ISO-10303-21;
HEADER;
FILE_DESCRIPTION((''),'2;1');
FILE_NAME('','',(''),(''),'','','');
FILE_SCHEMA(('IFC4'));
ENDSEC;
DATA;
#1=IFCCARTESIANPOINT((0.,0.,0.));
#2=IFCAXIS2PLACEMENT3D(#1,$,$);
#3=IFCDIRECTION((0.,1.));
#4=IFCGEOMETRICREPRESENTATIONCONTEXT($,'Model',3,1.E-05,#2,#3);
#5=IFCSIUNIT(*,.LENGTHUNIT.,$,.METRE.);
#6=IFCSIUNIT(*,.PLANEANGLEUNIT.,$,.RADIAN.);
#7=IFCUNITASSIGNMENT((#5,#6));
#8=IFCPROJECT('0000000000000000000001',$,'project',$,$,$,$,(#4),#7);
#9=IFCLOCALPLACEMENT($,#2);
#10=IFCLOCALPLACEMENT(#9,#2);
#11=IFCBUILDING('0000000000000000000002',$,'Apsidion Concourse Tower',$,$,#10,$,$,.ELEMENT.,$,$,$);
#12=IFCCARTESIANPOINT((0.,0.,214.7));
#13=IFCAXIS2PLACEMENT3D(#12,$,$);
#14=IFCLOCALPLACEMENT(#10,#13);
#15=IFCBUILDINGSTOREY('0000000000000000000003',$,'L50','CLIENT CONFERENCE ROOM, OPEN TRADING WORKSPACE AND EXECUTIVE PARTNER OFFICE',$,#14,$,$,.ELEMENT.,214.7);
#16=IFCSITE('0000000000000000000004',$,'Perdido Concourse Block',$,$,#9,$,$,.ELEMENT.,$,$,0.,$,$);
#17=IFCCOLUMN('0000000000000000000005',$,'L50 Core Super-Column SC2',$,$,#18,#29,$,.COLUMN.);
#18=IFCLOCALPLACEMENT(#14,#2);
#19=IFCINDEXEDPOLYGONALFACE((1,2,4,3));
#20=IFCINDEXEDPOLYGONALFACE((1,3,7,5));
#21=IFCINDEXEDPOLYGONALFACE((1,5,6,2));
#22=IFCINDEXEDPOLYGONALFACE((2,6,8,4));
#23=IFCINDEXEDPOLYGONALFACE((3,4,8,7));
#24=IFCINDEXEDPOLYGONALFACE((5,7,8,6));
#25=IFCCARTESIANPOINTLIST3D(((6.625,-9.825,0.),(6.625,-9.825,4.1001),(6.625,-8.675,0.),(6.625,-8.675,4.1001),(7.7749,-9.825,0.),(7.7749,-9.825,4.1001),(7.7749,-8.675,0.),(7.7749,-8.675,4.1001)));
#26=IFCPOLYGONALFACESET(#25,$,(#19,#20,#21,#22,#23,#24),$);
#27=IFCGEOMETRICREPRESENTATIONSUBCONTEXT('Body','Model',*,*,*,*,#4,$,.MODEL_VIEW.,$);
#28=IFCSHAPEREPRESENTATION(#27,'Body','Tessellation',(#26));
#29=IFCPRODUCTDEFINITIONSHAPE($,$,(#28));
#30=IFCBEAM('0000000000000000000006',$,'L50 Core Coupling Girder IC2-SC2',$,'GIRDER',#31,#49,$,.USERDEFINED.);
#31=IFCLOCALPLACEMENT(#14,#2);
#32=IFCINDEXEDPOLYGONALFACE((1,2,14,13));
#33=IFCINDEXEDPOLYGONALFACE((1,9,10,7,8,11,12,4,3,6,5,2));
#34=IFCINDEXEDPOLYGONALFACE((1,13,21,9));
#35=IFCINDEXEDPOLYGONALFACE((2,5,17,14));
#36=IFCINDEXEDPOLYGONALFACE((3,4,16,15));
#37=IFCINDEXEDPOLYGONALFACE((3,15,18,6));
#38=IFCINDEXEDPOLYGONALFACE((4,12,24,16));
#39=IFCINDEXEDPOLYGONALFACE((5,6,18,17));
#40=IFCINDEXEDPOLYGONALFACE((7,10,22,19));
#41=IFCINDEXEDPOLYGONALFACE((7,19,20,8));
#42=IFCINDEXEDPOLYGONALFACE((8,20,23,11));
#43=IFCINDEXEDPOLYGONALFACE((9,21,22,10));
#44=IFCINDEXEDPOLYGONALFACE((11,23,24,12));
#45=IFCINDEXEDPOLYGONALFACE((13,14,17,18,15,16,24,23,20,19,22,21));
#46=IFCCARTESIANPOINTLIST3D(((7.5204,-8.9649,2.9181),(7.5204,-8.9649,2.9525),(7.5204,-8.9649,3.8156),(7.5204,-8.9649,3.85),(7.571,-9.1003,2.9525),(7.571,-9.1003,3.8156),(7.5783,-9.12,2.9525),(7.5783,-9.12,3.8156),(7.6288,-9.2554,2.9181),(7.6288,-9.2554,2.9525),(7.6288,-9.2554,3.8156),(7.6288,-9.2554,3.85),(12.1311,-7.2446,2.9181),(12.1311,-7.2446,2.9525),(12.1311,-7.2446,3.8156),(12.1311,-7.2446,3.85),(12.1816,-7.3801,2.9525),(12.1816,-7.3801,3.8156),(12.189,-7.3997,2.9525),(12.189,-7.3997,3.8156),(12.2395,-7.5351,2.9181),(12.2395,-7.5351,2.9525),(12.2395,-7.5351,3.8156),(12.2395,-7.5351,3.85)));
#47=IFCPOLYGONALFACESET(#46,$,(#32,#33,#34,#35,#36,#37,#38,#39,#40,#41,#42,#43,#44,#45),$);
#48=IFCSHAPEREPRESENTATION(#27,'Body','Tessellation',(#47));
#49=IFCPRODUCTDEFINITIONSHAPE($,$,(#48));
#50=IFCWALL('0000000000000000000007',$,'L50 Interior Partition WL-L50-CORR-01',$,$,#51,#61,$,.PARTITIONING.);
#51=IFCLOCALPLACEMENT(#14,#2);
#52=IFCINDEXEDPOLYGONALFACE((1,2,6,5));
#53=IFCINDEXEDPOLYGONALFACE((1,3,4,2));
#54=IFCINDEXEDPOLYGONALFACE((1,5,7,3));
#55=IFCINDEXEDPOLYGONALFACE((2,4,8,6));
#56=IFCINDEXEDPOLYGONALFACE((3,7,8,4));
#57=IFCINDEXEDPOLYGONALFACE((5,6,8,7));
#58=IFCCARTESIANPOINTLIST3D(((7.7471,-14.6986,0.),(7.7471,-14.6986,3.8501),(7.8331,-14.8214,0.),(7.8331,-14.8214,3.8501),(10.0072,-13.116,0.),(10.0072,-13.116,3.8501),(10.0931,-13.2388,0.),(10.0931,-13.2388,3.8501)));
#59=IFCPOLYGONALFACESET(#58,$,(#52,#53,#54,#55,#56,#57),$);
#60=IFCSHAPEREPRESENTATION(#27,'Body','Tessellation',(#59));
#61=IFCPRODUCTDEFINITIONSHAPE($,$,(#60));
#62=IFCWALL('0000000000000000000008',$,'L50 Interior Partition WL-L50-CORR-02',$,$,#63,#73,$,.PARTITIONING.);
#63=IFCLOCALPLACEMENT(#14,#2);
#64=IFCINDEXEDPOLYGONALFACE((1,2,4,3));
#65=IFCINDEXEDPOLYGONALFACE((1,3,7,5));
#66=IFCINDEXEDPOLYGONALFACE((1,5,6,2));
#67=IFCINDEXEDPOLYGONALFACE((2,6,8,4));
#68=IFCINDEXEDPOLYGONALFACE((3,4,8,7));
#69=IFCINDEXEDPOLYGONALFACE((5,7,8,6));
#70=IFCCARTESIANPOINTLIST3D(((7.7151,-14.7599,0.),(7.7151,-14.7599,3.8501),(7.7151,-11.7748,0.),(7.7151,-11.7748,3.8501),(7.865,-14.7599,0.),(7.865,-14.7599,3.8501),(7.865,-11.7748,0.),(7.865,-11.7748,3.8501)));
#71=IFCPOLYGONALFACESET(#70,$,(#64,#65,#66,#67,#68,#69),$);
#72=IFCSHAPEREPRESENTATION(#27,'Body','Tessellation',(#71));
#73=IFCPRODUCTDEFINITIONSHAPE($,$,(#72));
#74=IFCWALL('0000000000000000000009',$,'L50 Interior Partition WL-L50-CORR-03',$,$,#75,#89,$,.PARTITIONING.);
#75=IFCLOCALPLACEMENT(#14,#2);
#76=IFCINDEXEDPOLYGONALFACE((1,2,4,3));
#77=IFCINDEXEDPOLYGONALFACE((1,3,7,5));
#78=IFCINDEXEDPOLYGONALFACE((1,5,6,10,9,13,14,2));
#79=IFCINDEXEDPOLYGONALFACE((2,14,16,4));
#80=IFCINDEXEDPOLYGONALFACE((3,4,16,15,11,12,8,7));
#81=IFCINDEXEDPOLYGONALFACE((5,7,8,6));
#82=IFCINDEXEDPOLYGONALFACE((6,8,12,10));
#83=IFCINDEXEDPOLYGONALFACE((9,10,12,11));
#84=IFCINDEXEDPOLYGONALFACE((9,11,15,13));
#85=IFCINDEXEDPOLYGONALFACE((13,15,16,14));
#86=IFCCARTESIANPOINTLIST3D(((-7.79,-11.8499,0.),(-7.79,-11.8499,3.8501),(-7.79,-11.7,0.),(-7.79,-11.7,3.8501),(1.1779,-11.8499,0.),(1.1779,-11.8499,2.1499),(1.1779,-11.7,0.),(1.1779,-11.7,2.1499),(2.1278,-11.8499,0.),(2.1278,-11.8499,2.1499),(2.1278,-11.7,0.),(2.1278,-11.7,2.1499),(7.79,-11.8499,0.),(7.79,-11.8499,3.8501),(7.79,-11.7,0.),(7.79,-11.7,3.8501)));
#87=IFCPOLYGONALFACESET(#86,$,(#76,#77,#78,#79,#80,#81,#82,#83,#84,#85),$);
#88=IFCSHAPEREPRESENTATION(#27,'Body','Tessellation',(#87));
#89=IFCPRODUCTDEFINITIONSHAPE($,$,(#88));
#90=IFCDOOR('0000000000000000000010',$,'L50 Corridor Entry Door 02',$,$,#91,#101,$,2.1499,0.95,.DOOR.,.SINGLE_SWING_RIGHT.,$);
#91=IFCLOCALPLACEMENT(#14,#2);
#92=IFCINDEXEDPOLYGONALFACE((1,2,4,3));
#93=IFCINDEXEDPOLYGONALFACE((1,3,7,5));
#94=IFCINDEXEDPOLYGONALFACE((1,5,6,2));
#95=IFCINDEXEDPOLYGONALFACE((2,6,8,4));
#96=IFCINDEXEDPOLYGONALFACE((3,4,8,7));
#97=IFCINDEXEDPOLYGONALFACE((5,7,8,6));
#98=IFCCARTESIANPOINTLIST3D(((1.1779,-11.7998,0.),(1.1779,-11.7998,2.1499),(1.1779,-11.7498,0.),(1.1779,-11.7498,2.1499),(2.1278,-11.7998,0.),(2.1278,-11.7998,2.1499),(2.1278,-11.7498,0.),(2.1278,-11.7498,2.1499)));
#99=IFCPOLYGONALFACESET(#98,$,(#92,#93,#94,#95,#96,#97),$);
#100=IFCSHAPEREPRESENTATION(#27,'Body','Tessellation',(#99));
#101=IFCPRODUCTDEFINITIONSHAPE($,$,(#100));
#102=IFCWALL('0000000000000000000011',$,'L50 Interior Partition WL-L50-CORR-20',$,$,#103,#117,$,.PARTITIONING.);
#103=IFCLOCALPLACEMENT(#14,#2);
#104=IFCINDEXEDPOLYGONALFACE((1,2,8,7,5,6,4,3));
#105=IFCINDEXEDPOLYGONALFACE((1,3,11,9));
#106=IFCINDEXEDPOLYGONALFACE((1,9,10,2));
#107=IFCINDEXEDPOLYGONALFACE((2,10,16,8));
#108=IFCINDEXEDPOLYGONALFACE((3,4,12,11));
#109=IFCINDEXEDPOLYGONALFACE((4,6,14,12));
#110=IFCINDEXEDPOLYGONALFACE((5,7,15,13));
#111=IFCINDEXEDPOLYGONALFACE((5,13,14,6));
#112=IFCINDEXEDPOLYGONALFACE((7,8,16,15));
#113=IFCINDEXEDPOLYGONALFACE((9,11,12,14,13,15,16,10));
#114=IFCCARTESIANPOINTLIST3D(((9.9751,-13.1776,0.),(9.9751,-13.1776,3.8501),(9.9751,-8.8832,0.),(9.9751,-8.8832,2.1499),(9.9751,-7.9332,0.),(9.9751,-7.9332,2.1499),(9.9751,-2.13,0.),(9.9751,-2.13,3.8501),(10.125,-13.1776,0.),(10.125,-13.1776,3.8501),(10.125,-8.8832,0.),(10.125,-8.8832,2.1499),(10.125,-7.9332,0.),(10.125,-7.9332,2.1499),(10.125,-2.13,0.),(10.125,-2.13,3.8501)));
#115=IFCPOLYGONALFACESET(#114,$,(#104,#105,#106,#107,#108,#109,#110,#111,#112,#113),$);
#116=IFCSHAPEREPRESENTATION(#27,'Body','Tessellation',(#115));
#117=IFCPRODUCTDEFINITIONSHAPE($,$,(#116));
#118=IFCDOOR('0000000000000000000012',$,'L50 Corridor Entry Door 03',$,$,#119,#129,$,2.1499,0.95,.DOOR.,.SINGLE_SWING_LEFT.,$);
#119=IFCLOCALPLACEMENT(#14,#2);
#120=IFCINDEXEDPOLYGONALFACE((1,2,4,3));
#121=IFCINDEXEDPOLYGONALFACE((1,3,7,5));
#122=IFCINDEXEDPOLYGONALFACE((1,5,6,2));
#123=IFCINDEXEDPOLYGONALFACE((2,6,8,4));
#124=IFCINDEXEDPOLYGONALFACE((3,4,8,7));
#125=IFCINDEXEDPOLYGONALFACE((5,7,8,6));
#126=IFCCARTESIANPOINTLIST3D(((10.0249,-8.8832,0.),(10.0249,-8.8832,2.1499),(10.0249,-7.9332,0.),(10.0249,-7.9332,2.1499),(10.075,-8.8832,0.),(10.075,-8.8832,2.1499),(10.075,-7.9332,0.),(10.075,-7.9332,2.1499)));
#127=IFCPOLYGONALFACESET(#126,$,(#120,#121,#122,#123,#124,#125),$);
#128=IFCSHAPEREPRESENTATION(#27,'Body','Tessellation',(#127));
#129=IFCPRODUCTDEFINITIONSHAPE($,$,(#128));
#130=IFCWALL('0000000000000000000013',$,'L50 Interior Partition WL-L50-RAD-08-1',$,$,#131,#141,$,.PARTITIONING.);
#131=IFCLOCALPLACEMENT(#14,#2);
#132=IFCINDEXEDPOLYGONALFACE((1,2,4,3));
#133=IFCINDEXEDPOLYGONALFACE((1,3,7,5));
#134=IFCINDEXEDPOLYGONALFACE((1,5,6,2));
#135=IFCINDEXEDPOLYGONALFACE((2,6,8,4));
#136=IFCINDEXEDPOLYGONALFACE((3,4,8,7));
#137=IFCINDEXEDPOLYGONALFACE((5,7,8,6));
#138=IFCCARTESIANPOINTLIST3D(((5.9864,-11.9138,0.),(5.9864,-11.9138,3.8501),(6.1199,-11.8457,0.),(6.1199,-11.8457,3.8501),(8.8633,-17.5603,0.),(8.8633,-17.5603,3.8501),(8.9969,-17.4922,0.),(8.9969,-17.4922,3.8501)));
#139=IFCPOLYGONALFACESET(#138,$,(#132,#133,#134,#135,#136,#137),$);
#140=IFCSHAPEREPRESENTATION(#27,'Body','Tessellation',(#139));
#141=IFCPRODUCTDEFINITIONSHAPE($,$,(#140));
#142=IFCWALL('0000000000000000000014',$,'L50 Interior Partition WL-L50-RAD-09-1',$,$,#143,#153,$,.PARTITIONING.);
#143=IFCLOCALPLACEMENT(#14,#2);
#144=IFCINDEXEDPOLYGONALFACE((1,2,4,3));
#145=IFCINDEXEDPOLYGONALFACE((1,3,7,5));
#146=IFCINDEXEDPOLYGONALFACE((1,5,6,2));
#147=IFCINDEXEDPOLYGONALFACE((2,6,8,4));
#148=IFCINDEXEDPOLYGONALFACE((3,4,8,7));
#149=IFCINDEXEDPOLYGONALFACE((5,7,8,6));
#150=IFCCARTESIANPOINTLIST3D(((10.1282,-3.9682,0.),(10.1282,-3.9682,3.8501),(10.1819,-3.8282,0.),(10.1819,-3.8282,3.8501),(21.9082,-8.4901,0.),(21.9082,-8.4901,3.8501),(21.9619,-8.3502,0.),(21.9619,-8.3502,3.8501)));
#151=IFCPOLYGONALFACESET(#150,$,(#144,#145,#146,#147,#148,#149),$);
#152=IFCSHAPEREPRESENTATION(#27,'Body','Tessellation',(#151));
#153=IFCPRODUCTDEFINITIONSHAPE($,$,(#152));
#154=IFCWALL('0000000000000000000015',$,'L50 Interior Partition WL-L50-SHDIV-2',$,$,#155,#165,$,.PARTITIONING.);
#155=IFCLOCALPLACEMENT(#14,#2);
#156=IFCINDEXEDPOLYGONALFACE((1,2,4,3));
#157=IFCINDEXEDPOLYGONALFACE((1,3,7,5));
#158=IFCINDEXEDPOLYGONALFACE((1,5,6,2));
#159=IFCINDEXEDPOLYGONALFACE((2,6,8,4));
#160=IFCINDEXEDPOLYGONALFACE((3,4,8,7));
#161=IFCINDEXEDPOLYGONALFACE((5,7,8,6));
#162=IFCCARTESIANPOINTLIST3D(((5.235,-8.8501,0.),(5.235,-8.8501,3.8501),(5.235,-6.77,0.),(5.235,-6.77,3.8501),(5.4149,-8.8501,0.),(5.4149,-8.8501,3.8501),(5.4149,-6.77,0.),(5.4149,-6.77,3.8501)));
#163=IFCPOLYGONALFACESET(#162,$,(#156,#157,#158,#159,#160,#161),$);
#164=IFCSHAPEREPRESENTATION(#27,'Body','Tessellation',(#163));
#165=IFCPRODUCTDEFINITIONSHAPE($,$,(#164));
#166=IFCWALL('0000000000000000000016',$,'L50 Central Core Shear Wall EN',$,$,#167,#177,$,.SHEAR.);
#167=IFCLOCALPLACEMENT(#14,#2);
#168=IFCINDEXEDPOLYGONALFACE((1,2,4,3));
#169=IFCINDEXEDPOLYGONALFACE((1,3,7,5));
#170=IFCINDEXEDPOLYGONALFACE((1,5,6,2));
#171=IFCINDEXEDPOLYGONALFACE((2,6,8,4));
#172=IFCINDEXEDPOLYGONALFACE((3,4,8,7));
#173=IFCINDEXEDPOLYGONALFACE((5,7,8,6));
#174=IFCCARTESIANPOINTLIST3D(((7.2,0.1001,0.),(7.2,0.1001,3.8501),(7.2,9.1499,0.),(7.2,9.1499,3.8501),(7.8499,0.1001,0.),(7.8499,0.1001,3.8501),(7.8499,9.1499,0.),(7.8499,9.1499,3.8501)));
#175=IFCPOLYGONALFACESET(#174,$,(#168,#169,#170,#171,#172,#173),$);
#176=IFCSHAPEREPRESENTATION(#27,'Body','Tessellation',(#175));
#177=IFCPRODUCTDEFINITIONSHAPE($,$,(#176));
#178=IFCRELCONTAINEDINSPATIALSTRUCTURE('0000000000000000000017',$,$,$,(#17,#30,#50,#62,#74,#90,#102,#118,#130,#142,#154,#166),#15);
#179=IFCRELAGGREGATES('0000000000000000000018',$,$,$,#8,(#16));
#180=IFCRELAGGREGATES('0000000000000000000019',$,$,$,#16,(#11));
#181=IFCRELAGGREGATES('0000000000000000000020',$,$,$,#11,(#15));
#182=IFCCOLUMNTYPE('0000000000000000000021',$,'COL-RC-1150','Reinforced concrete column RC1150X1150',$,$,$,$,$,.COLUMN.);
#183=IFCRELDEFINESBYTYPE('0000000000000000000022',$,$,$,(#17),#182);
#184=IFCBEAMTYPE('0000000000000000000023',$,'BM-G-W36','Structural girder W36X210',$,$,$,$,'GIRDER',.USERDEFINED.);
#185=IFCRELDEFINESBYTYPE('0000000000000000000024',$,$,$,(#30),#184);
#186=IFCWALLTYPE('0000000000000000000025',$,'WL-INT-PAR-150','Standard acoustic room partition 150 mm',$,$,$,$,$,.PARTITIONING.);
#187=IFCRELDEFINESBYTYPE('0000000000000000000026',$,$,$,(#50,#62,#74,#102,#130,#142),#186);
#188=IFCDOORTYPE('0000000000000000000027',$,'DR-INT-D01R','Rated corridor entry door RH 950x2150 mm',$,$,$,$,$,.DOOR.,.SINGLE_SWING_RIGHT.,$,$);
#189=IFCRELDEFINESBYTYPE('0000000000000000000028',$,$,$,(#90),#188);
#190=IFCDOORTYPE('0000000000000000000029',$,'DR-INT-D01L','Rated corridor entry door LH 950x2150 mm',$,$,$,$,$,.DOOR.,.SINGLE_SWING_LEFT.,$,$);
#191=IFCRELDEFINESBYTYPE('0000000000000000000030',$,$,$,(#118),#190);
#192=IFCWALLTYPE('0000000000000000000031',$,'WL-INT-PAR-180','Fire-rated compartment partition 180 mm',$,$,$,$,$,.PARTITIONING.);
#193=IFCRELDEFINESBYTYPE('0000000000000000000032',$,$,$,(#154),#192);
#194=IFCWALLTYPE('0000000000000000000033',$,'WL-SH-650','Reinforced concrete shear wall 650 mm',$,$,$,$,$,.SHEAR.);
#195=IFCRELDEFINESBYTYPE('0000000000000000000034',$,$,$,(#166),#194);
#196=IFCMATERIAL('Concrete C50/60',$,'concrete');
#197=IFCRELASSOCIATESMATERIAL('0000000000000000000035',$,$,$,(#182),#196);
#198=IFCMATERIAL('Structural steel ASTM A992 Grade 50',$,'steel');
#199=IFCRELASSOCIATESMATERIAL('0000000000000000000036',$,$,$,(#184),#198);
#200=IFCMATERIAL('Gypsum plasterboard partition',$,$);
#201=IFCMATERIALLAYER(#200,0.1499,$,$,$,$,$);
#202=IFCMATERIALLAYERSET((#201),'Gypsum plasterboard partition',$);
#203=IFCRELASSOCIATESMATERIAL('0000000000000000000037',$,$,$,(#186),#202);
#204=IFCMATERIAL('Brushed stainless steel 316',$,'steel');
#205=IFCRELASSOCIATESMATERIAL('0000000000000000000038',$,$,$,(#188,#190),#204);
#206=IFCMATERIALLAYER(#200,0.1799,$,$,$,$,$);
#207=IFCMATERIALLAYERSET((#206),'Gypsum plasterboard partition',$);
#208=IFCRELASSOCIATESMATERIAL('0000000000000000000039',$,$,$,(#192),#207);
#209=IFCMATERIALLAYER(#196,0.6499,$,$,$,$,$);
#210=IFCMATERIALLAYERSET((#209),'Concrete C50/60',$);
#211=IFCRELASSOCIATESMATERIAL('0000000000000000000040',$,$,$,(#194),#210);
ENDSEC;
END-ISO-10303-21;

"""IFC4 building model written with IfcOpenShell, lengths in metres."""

from ifc_helpers import new_model, si_unit, direction, frame, frame_2d, origin, origin_2d, place, context, subcontext, project, spatial, rectangle, i_section, extrude, material, layer, layer_set, material_profile, profile_set, type_object, element, fill, save


model = new_model("IFC4")

# Units and contexts
model_context = context("Model", 3, precision=1e-05, world=origin(), true_north=direction((0.0, 1.0)))
body_context = subcontext(model_context, "Body", "Model", "MODEL_VIEW")
ifc_project = project(units=[si_unit("LENGTHUNIT", "METRE"), si_unit("PLANEANGLEUNIT", "RADIAN")], contexts=[model_context])

# Site, building, storey
site_placement = place(None, origin())
site = spatial("IfcSite", under=ifc_project, at=site_placement, Name="Perdido Concourse Block", CompositionType="ELEMENT", RefElevation=0.0)
building_placement = place(site_placement, origin())
building = spatial("IfcBuilding", under=site, at=building_placement, Name="Apsidion Concourse Tower", CompositionType="ELEMENT")
storey_placement = place(building_placement, frame((0.0, 0.0, 214.7)))
storey = spatial("IfcBuildingStorey", under=building, at=storey_placement, Name="L50", Description="CLIENT CONFERENCE ROOM, OPEN TRADING WORKSPACE AND EXECUTIVE PARTNER OFFICE", CompositionType="ELEMENT", Elevation=214.7)

# Column
ifc_material_1 = material(Name="Concrete C50/60", Category="concrete")
ifc_material_profile_1 = material_profile(ifc_material_1, rectangle(XDim=1.1499, YDim=1.1499, at=origin_2d()), Name="RC 1150x1150")
ifc_profile_set_1 = profile_set([ifc_material_profile_1], Name="Concrete C50/60")
column_type = type_object("IfcColumnType", Name="COL-RC-1150", Description="Reinforced concrete column RC1150X1150", PredefinedType="COLUMN", material=ifc_profile_set_1)
column_placement = place(storey_placement, frame((7.2, -9.25, 0.0), z_axis=(0.0, 0.0, 1.0), x_axis=(1.0, 0.0, 0.0)))
element("IfcColumn", 1, at=column_placement, inside=storey, type_object=column_type, Name="L50 Core Super-Column SC2", PredefinedType="COLUMN", context=body_context, shape_type="SweptSolid", body=[
    extrude(rectangle(XDim=1.1499, YDim=1.1499, at=origin_2d()), origin(), (0.0, 0.0, 1.0), 4.1001),
])

# Beam
ifc_material_2 = material(Name="Structural steel ASTM A992 Grade 50", Category="steel")
ifc_material_profile_2 = material_profile(ifc_material_2, i_section(OverallWidth=0.3101, OverallDepth=0.9319, WebThickness=0.021, FlangeThickness=0.0344, at=origin_2d()), Name="W36X210")
ifc_profile_set_2 = profile_set([ifc_material_profile_2], Name="Structural steel ASTM A992 Grade 50")
beam_type = type_object("IfcBeamType", Name="BM-G-W36", Description="Structural girder W36X210", ElementType="GIRDER", PredefinedType="USERDEFINED", material=ifc_profile_set_2)
beam_placement = place(storey_placement, frame((12.1853, -7.3899, 3.384), z_axis=(-0.936913, -0.349563, 0.0), x_axis=(0.349563, -0.936913, 0.0)))
element("IfcBeam", 2, at=beam_placement, inside=storey, type_object=beam_type, Name="L50 Core Coupling Girder IC2-SC2", ObjectType="GIRDER", PredefinedType="USERDEFINED", context=body_context, shape_type="SweptSolid", body=[
    extrude(i_section(OverallWidth=0.3101, OverallDepth=0.9319, WebThickness=0.021, FlangeThickness=0.0344, at=origin_2d()), origin(), (0.0, 0.0, 1.0), 4.9211),
])

# Walls
ifc_material_3 = material(Name="Gypsum plasterboard partition")
ifc_layer_1 = layer(ifc_material_3, 0.1499)
ifc_layer_set_1 = layer_set([ifc_layer_1], Name="Gypsum plasterboard partition")
wall_type_1 = type_object("IfcWallType", Name="WL-INT-PAR-150", Description="Standard acoustic room partition 150 mm", PredefinedType="PARTITIONING", material=ifc_layer_set_1)
wall_1_placement = place(storey_placement, frame((10.05, -13.1775, 0.0), z_axis=(0.0, 0.0, 1.0), x_axis=(-0.819145, -0.573587, 0.0)))
element("IfcWall", 3, at=wall_1_placement, inside=storey, type_object=wall_type_1, Name="L50 Interior Partition WL-L50-CORR-01", PredefinedType="PARTITIONING", context=body_context, shape_type="SweptSolid", body=[
    extrude(rectangle(XDim=2.759, YDim=0.1499, at=frame_2d((1.3794, 0.0))), origin(), (0.0, 0.0, 1.0), 3.8501),
])
wall_2_placement = place(storey_placement, frame((7.79, -14.76, 0.0), z_axis=(0.0, 0.0, 1.0), x_axis=(0.0, 1.0, 0.0)))
element("IfcWall", 4, at=wall_2_placement, inside=storey, type_object=wall_type_1, Name="L50 Interior Partition WL-L50-CORR-02", PredefinedType="PARTITIONING", context=body_context, shape_type="SweptSolid", body=[
    extrude(rectangle(XDim=2.9851, YDim=0.1499, at=frame_2d((1.4927, 0.0))), origin(), (0.0, 0.0, 1.0), 3.8501),
])

# Walls, openings, doors
wall_3_placement = place(storey_placement, frame((7.79, -11.7749, 0.0), z_axis=(0.0, 0.0, 1.0), x_axis=(-1.0, 0.0, 0.0)))
wall_3 = element("IfcWall", 5, at=wall_3_placement, inside=storey, type_object=wall_type_1, Name="L50 Interior Partition WL-L50-CORR-03", PredefinedType="PARTITIONING", context=body_context, shape_type="SweptSolid", body=[
    extrude(rectangle(XDim=15.5801, YDim=0.1499, at=frame_2d((7.79, 0.0))), origin(), (0.0, 0.0, 1.0), 3.8501),
])
opening_1_placement = place(wall_3_placement, frame((5.6621, 0.0, 0.0)))
opening_1 = element("IfcOpeningElement", 6, at=opening_1_placement, cuts=wall_3, PredefinedType="OPENING", context=body_context, shape_type="SweptSolid", body=[
    extrude(rectangle(XDim=0.95, YDim=2.1499, at=frame_2d((0.4751, 1.075))), frame((0.0, 0.085, 0.0), z_axis=(0.0, -1.0, 0.0), x_axis=(1.0, 0.0, 0.0)), (0.0, 0.0, 1.0), 0.1699),
])
ifc_material_4 = material(Name="Brushed stainless steel 316", Category="steel")
door_type_1 = type_object("IfcDoorType", Name="DR-INT-D01R", Description="Rated corridor entry door RH 950x2150 mm", OperationType="SINGLE_SWING_RIGHT", PredefinedType="DOOR", material=ifc_material_4)
door_1_placement = place(opening_1_placement, origin())
door_1 = element("IfcDoor", 7, at=door_1_placement, inside=storey, type_object=door_type_1, Name="L50 Corridor Entry Door 02", OperationType="SINGLE_SWING_RIGHT", OverallHeight=2.1499, OverallWidth=0.95, PredefinedType="DOOR", context=body_context, shape_type="SweptSolid", body=[
    extrude(rectangle(XDim=0.95, YDim=2.1499, at=frame_2d((0.4751, 1.075))), frame((0.0, 0.0249, 0.0), z_axis=(0.0, -1.0, 0.0), x_axis=(1.0, 0.0, 0.0)), (0.0, 0.0, 1.0), 0.05),
])
fill(opening_1, door_1)
wall_4_placement = place(storey_placement, frame((10.05, -2.1299, 0.0), z_axis=(0.0, 0.0, 1.0), x_axis=(0.0, -1.0, 0.0)))
wall_4 = element("IfcWall", 8, at=wall_4_placement, inside=storey, type_object=wall_type_1, Name="L50 Interior Partition WL-L50-CORR-20", PredefinedType="PARTITIONING", context=body_context, shape_type="SweptSolid", body=[
    extrude(rectangle(XDim=11.0476, YDim=0.1499, at=frame_2d((5.5239, 0.0))), origin(), (0.0, 0.0, 1.0), 3.8501),
])
opening_2_placement = place(wall_4_placement, frame((5.8032, 0.0, 0.0)))
opening_2 = element("IfcOpeningElement", 9, at=opening_2_placement, cuts=wall_4, PredefinedType="OPENING", context=body_context, shape_type="SweptSolid", body=[
    extrude(rectangle(XDim=0.95, YDim=2.1499, at=frame_2d((0.4751, 1.075))), frame((0.0, 0.085, 0.0), z_axis=(0.0, -1.0, 0.0), x_axis=(1.0, 0.0, 0.0)), (0.0, 0.0, 1.0), 0.1699),
])
door_type_2 = type_object("IfcDoorType", Name="DR-INT-D01L", Description="Rated corridor entry door LH 950x2150 mm", OperationType="SINGLE_SWING_LEFT", PredefinedType="DOOR", material=ifc_material_4)
door_2_placement = place(opening_2_placement, origin())
door_2 = element("IfcDoor", 10, at=door_2_placement, inside=storey, type_object=door_type_2, Name="L50 Corridor Entry Door 03", OperationType="SINGLE_SWING_LEFT", OverallHeight=2.1499, OverallWidth=0.95, PredefinedType="DOOR", context=body_context, shape_type="SweptSolid", body=[
    extrude(rectangle(XDim=0.95, YDim=2.1499, at=frame_2d((0.4751, 1.075))), frame((0.0, 0.0249, 0.0), z_axis=(0.0, -1.0, 0.0), x_axis=(1.0, 0.0, 0.0)), (0.0, 0.0, 1.0), 0.05),
])
fill(opening_2, door_2)

# Walls
wall_5_placement = place(storey_placement, frame((6.0532, -11.8799, 0.0), z_axis=(0.0, 0.0, 1.0), x_axis=(0.453981, -0.891011, 0.0)))
element("IfcWall", 11, at=wall_5_placement, inside=storey, type_object=wall_type_1, Name="L50 Interior Partition WL-L50-RAD-08-1", PredefinedType="PARTITIONING", context=body_context, shape_type="SweptSolid", body=[
    extrude(rectangle(XDim=6.3372, YDim=0.1499, at=frame_2d((3.1685, 0.0))), origin(), (0.0, 0.0, 1.0), 3.8501),
])
wall_6_placement = place(storey_placement, frame((10.155, -3.8982, 0.0), z_axis=(0.0, 0.0, 1.0), x_axis=(0.933579, -0.358371, 0.0)))
element("IfcWall", 12, at=wall_6_placement, inside=storey, type_object=wall_type_1, Name="L50 Interior Partition WL-L50-RAD-09-1", PredefinedType="PARTITIONING", context=body_context, shape_type="SweptSolid", body=[
    extrude(rectangle(XDim=12.6182, YDim=0.1499, at=frame_2d((6.3091, 0.0))), origin(), (0.0, 0.0, 1.0), 3.8501),
])
ifc_layer_2 = layer(ifc_material_3, 0.1799)
ifc_layer_set_2 = layer_set([ifc_layer_2], Name="Gypsum plasterboard partition")
wall_type_2 = type_object("IfcWallType", Name="WL-INT-PAR-180", Description="Fire-rated compartment partition 180 mm", PredefinedType="PARTITIONING", material=ifc_layer_set_2)
wall_7_placement = place(storey_placement, frame((5.325, -8.8501, 0.0), z_axis=(0.0, 0.0, 1.0), x_axis=(0.0, 1.0, 0.0)))
element("IfcWall", 13, at=wall_7_placement, inside=storey, type_object=wall_type_2, Name="L50 Interior Partition WL-L50-SHDIV-2", PredefinedType="PARTITIONING", context=body_context, shape_type="SweptSolid", body=[
    extrude(rectangle(XDim=2.0801, YDim=0.1799, at=frame_2d((1.04, 0.0))), origin(), (0.0, 0.0, 1.0), 3.8501),
])
ifc_layer_3 = layer(ifc_material_1, 0.6499)
ifc_layer_set_3 = layer_set([ifc_layer_3], Name="Concrete C50/60")
wall_type_3 = type_object("IfcWallType", Name="WL-SH-650", Description="Reinforced concrete shear wall 650 mm", PredefinedType="SHEAR", material=ifc_layer_set_3)
wall_8_placement = place(storey_placement, frame((7.5249, 0.1001, 0.0), z_axis=(0.0, 0.0, 1.0), x_axis=(0.0, 1.0, 0.0)))
element("IfcWall", 14, at=wall_8_placement, inside=storey, type_object=wall_type_3, Name="L50 Central Core Shear Wall EN", PredefinedType="SHEAR", context=body_context, shape_type="SweptSolid", body=[
    extrude(rectangle(XDim=9.0498, YDim=0.6499, at=frame_2d((4.5249, 0.0))), origin(), (0.0, 0.0, 1.0), 3.8501),
])

save(model, "model.ifc")
